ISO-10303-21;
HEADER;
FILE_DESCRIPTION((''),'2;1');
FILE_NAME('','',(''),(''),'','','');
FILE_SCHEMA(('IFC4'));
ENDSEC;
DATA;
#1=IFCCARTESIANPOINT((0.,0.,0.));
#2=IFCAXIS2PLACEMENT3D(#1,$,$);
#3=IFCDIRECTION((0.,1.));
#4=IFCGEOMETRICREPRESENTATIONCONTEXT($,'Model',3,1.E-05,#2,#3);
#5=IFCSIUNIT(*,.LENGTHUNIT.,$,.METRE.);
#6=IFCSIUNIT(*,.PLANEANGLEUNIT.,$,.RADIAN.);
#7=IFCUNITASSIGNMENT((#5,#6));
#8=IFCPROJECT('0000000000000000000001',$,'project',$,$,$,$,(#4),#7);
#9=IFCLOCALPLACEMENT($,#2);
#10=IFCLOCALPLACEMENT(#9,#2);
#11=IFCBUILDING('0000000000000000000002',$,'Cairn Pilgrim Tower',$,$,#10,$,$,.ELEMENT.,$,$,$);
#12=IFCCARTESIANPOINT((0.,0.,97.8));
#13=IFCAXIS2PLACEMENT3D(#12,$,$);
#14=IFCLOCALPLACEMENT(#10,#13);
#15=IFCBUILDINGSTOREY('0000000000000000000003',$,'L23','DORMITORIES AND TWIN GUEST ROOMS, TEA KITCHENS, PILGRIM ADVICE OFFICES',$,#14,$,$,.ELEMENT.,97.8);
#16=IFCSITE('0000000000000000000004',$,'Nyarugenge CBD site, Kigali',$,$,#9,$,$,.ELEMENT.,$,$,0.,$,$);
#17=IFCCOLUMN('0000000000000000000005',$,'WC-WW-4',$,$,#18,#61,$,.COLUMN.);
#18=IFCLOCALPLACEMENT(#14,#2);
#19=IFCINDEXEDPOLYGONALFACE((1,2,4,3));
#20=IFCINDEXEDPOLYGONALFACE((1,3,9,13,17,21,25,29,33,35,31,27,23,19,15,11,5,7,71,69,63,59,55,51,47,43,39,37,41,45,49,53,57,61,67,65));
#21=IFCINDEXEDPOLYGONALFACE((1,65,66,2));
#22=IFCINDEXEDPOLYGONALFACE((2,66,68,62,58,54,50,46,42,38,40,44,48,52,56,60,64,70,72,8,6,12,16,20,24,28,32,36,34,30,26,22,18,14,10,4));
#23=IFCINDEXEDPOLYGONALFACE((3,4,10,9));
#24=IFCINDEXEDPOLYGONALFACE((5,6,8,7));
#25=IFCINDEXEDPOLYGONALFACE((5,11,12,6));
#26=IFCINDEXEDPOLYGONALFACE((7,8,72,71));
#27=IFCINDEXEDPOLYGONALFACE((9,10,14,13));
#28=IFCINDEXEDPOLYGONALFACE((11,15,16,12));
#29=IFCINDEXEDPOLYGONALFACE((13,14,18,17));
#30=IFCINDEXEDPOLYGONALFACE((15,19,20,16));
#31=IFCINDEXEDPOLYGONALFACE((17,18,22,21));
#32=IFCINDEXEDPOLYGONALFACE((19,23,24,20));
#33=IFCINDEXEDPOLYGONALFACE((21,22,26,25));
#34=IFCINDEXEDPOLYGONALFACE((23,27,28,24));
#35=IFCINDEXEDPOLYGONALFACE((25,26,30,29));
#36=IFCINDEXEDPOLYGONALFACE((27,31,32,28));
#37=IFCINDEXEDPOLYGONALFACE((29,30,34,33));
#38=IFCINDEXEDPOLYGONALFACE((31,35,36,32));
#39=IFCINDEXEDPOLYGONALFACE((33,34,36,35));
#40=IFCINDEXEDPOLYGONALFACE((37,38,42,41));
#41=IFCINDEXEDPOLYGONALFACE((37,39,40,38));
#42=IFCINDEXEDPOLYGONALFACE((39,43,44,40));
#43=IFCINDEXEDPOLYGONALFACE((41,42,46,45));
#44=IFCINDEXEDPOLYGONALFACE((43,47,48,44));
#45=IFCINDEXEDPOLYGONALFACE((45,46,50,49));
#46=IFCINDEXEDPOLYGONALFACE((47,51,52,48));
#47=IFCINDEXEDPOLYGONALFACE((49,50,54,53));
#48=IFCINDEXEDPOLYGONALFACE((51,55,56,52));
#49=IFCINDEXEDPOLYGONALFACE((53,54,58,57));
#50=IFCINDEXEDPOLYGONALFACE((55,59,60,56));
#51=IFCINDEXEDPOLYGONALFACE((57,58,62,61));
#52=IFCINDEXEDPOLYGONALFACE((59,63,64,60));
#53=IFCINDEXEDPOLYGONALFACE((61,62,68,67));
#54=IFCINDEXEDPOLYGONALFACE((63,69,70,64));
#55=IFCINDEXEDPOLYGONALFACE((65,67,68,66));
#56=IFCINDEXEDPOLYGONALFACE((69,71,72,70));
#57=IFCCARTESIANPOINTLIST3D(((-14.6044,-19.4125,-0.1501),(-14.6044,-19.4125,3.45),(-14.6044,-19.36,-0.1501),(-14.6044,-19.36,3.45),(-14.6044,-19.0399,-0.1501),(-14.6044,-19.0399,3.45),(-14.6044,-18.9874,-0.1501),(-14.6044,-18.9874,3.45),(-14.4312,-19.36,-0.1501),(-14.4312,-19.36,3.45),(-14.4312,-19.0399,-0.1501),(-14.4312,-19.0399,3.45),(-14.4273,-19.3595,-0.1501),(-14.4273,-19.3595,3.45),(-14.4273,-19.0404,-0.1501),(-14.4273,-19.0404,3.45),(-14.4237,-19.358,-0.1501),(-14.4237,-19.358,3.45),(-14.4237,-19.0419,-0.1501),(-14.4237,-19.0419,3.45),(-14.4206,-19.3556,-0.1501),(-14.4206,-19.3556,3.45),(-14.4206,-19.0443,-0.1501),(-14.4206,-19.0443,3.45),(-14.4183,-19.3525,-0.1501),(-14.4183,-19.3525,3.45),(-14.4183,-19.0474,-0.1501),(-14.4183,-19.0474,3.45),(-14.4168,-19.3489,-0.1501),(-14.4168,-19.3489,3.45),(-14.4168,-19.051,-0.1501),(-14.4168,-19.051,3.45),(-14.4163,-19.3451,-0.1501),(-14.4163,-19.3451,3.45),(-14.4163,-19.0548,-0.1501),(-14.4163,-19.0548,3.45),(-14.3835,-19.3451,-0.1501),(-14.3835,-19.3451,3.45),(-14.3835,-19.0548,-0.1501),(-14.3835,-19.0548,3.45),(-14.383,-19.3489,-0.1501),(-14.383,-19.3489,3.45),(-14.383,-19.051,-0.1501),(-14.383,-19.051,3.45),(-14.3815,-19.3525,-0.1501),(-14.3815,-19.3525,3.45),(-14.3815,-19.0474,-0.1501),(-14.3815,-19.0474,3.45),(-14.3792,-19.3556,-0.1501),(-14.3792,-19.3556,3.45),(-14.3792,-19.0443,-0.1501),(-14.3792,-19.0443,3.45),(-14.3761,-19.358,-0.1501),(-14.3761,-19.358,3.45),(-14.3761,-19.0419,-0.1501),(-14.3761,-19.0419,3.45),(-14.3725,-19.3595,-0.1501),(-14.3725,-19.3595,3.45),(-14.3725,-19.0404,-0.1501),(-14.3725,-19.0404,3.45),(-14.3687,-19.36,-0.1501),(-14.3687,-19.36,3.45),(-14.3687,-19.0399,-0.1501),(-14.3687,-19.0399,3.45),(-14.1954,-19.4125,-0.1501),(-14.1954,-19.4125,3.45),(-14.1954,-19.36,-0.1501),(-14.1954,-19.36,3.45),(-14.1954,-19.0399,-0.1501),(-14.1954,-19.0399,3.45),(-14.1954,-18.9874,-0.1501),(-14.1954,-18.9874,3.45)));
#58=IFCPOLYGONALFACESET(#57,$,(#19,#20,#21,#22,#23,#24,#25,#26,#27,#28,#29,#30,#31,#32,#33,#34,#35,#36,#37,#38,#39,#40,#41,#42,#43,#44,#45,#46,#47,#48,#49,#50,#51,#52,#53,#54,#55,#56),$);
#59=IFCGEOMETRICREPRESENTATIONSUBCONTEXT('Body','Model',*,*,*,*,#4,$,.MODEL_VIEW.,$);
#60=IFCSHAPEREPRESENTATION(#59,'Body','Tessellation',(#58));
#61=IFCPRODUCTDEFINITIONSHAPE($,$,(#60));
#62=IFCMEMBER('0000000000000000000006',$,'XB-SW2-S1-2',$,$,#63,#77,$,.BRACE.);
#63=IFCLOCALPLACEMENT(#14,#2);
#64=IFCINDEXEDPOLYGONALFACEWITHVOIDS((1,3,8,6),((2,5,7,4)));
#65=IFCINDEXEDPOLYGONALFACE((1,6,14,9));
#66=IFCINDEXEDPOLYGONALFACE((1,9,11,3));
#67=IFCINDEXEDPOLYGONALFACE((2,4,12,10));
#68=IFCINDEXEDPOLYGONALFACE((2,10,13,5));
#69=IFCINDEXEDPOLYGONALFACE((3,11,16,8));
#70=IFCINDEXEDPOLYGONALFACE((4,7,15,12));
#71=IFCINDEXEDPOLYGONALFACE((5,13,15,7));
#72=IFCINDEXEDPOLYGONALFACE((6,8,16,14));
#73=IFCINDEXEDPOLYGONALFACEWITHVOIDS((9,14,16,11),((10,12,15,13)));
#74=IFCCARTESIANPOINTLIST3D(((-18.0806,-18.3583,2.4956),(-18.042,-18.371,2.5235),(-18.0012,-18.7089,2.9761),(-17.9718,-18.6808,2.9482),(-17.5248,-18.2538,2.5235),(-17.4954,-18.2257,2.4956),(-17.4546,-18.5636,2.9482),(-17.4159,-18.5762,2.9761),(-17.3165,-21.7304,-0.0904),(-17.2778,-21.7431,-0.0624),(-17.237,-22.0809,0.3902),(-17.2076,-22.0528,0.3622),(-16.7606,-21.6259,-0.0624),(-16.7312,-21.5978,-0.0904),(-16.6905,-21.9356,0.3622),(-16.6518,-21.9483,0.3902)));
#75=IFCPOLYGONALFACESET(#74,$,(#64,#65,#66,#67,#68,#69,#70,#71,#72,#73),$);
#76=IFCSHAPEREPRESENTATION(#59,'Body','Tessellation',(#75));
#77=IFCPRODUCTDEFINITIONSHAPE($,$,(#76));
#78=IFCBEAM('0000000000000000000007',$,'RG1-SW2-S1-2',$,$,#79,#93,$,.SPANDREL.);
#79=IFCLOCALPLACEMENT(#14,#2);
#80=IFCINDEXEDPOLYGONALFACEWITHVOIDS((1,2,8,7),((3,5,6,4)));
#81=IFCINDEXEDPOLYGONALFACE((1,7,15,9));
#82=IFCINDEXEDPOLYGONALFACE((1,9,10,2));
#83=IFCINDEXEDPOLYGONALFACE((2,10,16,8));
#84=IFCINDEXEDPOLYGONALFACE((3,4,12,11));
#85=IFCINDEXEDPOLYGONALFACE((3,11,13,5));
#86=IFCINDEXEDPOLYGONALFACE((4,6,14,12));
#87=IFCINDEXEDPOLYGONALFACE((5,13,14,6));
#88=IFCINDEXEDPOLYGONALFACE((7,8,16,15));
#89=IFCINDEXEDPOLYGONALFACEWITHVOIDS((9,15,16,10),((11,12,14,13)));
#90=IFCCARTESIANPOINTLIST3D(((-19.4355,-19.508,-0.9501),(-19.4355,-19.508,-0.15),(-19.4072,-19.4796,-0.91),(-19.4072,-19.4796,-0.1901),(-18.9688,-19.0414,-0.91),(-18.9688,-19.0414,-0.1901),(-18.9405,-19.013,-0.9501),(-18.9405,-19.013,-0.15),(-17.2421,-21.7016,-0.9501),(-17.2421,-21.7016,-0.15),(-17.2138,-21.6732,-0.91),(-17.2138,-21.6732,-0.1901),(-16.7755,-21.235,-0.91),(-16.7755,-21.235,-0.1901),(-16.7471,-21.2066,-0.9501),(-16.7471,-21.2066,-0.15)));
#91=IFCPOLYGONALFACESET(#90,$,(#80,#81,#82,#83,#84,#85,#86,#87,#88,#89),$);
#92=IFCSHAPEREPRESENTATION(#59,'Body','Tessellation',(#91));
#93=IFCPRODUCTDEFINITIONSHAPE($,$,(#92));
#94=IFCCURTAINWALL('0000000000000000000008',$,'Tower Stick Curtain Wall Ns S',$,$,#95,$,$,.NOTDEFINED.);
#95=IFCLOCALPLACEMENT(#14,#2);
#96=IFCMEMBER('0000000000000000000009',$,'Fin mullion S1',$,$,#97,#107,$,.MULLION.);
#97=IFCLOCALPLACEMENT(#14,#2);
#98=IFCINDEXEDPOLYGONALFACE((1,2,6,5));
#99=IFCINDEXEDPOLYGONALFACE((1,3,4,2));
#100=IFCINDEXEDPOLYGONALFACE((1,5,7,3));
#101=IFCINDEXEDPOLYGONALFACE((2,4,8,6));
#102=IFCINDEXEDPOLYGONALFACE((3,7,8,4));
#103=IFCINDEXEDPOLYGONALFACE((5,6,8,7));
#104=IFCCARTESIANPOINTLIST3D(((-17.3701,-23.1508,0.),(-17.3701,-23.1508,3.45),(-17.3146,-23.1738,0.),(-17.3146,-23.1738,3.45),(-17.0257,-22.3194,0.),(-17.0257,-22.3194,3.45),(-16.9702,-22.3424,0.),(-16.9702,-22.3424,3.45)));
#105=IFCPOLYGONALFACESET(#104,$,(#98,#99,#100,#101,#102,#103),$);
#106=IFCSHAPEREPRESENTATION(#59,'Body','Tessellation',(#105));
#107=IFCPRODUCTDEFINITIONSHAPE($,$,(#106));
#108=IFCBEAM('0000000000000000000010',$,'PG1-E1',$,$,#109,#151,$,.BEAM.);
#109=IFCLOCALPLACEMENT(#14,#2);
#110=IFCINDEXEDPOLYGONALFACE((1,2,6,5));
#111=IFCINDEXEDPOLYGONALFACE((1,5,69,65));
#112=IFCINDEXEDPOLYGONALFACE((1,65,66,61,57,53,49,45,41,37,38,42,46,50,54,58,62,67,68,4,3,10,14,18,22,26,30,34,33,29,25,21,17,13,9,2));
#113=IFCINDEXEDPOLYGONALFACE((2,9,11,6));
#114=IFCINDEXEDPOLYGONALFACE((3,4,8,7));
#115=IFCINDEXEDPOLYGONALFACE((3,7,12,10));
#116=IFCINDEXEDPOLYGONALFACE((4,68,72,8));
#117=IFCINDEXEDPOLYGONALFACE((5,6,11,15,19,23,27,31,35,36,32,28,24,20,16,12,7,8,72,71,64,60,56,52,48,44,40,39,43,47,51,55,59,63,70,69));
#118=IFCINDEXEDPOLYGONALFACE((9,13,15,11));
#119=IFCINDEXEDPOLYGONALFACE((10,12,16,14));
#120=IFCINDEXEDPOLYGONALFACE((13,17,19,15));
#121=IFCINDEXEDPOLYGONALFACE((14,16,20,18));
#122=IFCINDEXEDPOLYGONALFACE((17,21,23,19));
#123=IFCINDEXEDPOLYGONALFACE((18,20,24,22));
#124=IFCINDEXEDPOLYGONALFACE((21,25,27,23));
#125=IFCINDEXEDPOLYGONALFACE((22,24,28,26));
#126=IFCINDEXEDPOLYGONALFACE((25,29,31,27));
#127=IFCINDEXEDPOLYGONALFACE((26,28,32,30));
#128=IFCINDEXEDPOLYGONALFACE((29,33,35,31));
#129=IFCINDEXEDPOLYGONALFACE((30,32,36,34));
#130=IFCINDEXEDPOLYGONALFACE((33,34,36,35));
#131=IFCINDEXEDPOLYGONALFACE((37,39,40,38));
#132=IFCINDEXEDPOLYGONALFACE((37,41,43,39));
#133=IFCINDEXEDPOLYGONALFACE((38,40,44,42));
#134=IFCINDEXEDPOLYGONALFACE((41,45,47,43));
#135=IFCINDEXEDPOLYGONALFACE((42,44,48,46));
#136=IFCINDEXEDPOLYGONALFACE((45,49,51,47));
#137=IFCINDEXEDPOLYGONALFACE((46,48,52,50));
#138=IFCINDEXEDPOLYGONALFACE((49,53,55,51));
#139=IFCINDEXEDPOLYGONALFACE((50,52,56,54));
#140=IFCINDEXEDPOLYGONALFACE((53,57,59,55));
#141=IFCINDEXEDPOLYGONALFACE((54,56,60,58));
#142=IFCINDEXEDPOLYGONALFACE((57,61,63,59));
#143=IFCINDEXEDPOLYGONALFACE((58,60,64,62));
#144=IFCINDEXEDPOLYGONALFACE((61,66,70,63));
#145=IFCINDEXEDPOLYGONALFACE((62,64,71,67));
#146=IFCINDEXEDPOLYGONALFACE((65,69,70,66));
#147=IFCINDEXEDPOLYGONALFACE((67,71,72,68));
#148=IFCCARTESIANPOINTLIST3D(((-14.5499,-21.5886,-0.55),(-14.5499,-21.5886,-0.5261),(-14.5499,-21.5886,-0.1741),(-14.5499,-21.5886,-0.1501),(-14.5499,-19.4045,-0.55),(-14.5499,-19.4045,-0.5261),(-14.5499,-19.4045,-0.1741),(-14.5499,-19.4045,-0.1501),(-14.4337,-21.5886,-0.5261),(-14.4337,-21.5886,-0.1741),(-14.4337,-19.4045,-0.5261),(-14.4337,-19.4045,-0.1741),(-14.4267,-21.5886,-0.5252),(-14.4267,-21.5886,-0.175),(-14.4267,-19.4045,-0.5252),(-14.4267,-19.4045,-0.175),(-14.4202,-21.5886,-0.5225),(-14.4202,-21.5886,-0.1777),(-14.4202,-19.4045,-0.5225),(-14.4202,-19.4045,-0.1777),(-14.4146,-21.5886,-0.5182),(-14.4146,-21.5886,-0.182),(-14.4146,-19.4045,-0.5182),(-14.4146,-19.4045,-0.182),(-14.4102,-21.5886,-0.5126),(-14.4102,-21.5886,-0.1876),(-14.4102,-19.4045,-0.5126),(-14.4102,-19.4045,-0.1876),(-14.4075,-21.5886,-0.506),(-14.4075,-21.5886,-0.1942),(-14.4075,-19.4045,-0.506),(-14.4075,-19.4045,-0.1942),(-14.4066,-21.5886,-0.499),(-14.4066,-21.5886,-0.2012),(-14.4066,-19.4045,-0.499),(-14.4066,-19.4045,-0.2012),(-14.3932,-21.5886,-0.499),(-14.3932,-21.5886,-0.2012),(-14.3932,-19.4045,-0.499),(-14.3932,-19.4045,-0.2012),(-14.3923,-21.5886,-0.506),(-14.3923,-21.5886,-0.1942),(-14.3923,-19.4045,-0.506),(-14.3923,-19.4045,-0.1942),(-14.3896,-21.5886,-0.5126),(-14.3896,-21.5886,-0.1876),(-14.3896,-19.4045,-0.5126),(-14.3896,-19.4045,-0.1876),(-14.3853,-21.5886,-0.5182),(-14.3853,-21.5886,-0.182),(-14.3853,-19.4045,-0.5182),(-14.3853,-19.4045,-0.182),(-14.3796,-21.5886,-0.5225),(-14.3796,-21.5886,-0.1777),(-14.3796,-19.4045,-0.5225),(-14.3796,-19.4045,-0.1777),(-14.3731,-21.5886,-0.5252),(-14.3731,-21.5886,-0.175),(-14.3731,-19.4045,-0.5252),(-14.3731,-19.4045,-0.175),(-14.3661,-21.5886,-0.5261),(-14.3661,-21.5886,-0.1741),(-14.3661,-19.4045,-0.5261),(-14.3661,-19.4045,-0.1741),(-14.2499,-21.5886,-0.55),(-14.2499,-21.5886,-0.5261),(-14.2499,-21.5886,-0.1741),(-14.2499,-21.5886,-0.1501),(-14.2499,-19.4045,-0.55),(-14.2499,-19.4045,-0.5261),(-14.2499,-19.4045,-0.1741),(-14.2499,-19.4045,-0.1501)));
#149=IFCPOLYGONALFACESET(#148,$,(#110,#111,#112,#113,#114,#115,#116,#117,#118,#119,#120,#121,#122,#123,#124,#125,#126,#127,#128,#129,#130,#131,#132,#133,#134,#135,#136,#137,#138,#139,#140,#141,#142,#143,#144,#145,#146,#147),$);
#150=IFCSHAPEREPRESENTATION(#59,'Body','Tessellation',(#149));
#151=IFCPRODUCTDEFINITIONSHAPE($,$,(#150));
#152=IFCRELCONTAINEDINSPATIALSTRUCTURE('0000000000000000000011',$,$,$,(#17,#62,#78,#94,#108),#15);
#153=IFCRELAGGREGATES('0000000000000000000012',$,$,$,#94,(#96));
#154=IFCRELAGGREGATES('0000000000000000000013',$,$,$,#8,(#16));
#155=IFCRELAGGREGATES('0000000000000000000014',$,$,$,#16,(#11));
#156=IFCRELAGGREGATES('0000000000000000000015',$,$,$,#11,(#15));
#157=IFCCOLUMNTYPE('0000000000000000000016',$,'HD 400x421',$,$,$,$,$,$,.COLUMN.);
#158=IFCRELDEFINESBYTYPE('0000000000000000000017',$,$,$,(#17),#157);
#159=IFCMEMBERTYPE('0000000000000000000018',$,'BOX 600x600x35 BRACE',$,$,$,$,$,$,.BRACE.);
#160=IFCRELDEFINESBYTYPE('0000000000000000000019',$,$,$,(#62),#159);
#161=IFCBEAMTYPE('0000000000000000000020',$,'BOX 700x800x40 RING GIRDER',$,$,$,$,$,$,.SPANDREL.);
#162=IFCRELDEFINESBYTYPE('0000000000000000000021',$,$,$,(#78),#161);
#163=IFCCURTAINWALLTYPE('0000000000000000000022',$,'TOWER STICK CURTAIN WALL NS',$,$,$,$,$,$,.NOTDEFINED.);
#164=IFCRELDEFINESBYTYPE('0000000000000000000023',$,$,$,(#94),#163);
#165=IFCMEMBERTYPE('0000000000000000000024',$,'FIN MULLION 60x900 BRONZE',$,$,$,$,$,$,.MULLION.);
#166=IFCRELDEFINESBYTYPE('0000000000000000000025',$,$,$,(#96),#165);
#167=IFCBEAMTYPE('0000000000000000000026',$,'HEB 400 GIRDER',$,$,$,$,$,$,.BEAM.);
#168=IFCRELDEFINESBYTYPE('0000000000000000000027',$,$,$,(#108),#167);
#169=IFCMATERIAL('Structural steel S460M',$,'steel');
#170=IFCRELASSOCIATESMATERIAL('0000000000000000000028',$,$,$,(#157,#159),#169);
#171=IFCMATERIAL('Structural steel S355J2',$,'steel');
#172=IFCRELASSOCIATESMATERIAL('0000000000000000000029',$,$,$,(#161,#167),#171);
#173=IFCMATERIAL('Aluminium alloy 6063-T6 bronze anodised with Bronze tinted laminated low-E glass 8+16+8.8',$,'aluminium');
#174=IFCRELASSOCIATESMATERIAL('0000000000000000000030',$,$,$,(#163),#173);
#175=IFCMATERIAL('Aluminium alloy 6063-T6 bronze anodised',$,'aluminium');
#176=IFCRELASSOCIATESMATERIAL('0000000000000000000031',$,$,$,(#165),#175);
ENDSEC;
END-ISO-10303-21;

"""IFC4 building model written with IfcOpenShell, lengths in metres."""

from ifc_helpers import new_model, si_unit, direction, frame, origin, origin_2d, place, context, subcontext, project, spatial, rectangle, hollow_rectangle, i_section, extrude, material, material_profile, profile_set, type_object, element, aggregate, save


model = new_model("IFC4")

# Units and contexts
model_context = context("Model", 3, precision=1e-05, world=origin(), true_north=direction((0.0, 1.0)))
body_context = subcontext(model_context, "Body", "Model", "MODEL_VIEW")
ifc_project = project(units=[si_unit("LENGTHUNIT", "METRE"), si_unit("PLANEANGLEUNIT", "RADIAN")], contexts=[model_context])

# Site, building, storey
site_placement = place(None, origin())
site = spatial("IfcSite", under=ifc_project, at=site_placement, Name="Nyarugenge CBD site, Kigali", CompositionType="ELEMENT", RefElevation=0.0)
building_placement = place(site_placement, origin())
building = spatial("IfcBuilding", under=site, at=building_placement, Name="Cairn Pilgrim Tower", CompositionType="ELEMENT")
storey_placement = place(building_placement, frame((0.0, 0.0, 97.8)))
storey = spatial("IfcBuildingStorey", under=building, at=storey_placement, Name="L23", Description="DORMITORIES AND TWIN GUEST ROOMS, TEA KITCHENS, PILGRIM ADVICE OFFICES", CompositionType="ELEMENT", Elevation=97.8)

# Column
ifc_material_1 = material(Name="Structural steel S460M", Category="steel")
ifc_material_profile_1 = material_profile(ifc_material_1, i_section(OverallWidth=0.4089, OverallDepth=0.425, WebThickness=0.0327, FlangeThickness=0.0525, FilletRadius=0.0149, at=origin_2d()), Name="HD 400x421")
ifc_profile_set_1 = profile_set([ifc_material_profile_1], Name="Structural steel S460M")
column_type_1 = type_object("IfcColumnType", Name="HD 400x421", PredefinedType="COLUMN", material=ifc_profile_set_1)
column_1_placement = place(storey_placement, frame((-14.3999, -19.2, -0.1501), z_axis=(0.0, 0.0, 1.0), x_axis=(1.0, 0.0, 0.0)))
element("IfcColumn", 1, at=column_1_placement, inside=storey, type_object=column_type_1, Name="WC-WW-4", PredefinedType="COLUMN", context=body_context, shape_type="SweptSolid", body=[
    extrude(i_section(OverallWidth=0.4089, OverallDepth=0.425, WebThickness=0.0327, FlangeThickness=0.0525, FilletRadius=0.0149, at=origin_2d()), origin(), (0.0, 0.0, 1.0), 3.6001),
])

# Member
ifc_material_profile_2 = material_profile(ifc_material_1, hollow_rectangle(XDim=0.6001, YDim=0.6001, WallThickness=0.0349, at=origin_2d()), Name="BOX 600x600x35")
ifc_profile_set_2 = profile_set([ifc_material_profile_2], Name="Structural steel S460M")
member_type_1 = type_object("IfcMemberType", Name="BOX 600x600x35 BRACE", PredefinedType="BRACE", material=ifc_profile_set_2)
member_1_placement = place(storey_placement, frame((-16.9841, -21.8394, 0.1499), z_axis=(-0.176986, 0.781001, 0.598926), x_axis=(-0.975271, -0.221011, 0.0)))
element("IfcMember", 2, at=member_1_placement, inside=storey, type_object=member_type_1, Name="XB-SW2-S1-2", PredefinedType="BRACE", context=body_context, shape_type="SweptSolid", body=[
    extrude(hollow_rectangle(XDim=0.6001, YDim=0.6001, WallThickness=0.0349, at=origin_2d()), origin(), (0.0, 0.0, 1.0), 4.3176),
])

# Beam
ifc_material_2 = material(Name="Structural steel S355J2", Category="steel")
ifc_material_profile_3 = material_profile(ifc_material_2, hollow_rectangle(XDim=0.7, YDim=0.8, WallThickness=0.04, at=origin_2d()), Name="BOX 700x800x40")
ifc_profile_set_3 = profile_set([ifc_material_profile_3], Name="Structural steel S355J2")
beam_type_1 = type_object("IfcBeamType", Name="BOX 700x800x40 RING GIRDER", PredefinedType="SPANDREL", material=ifc_profile_set_3)
beam_1_placement = place(storey_placement, frame((-19.188, -19.2605, -0.55), z_axis=(0.707067, -0.707146, 0.0), x_axis=(0.707146, 0.707067, 0.0)))
element("IfcBeam", 3, at=beam_1_placement, inside=storey, type_object=beam_type_1, Name="RG1-SW2-S1-2", PredefinedType="SPANDREL", context=body_context, shape_type="SweptSolid", body=[
    extrude(hollow_rectangle(XDim=0.7, YDim=0.8, WallThickness=0.04, at=origin_2d()), origin(), (0.0, 0.0, 1.0), 3.1021),
])

# Curtain wall, member
ifc_material_3 = material(Name="Aluminium alloy 6063-T6 bronze anodised with Bronze tinted laminated low-E glass 8+16+8.8", Category="aluminium")
curtain_wall_type_1 = type_object("IfcCurtainWallType", Name="TOWER STICK CURTAIN WALL NS", PredefinedType="NOTDEFINED", material=ifc_material_3)
curtain_wall_1_placement = place(storey_placement, origin())
curtain_wall_1 = element("IfcCurtainWall", 4, at=curtain_wall_1_placement, inside=storey, type_object=curtain_wall_type_1, Name="Tower Stick Curtain Wall Ns S", PredefinedType="NOTDEFINED")
ifc_material_4 = material(Name="Aluminium alloy 6063-T6 bronze anodised", Category="aluminium")
ifc_material_profile_4 = material_profile(ifc_material_4, rectangle(XDim=0.8999, YDim=0.0601, at=origin_2d()), Name="FIN MULLION 60x900 BRONZE")
ifc_profile_set_4 = profile_set([ifc_material_profile_4], Name="Aluminium alloy 6063-T6 bronze anodised")
member_type_2 = type_object("IfcMemberType", Name="FIN MULLION 60x900 BRONZE", PredefinedType="MULLION", material=ifc_profile_set_4)
member_2_placement = place(storey_placement, frame((-17.1702, -22.7466, 0.0), z_axis=(0.0, 0.0, 1.0), x_axis=(-0.382683, -0.92388, 0.0)))
member_2 = element("IfcMember", 5, at=member_2_placement, type_object=member_type_2, Name="Fin mullion S1", PredefinedType="MULLION", context=body_context, shape_type="SweptSolid", body=[
    extrude(rectangle(XDim=0.8999, YDim=0.0601, at=origin_2d()), origin(), (0.0, 0.0, 1.0), 3.45),
])

# Beam
ifc_material_profile_5 = material_profile(ifc_material_2, i_section(OverallWidth=0.3, OverallDepth=0.3999, WebThickness=0.0134, FlangeThickness=0.0239, FilletRadius=0.0271, at=origin_2d()), Name="HEB 400")
ifc_profile_set_5 = profile_set([ifc_material_profile_5], Name="Structural steel S355J2")
beam_type_2 = type_object("IfcBeamType", Name="HEB 400 GIRDER", PredefinedType="BEAM", material=ifc_profile_set_5)
beam_2_placement = place(storey_placement, frame((-14.3999, -21.5886, -0.3501), z_axis=(0.0, 1.0, 0.0), x_axis=(-1.0, 0.0, 0.0)))
element("IfcBeam", 6, at=beam_2_placement, inside=storey, type_object=beam_type_2, Name="PG1-E1", PredefinedType="BEAM", context=body_context, shape_type="SweptSolid", body=[
    extrude(i_section(OverallWidth=0.3, OverallDepth=0.3999, WebThickness=0.0134, FlangeThickness=0.0239, FilletRadius=0.0271, at=origin_2d()), origin(), (0.0, 0.0, 1.0), 2.1841),
])

aggregate(curtain_wall_1, [member_2])

save(model, "model.ifc")
